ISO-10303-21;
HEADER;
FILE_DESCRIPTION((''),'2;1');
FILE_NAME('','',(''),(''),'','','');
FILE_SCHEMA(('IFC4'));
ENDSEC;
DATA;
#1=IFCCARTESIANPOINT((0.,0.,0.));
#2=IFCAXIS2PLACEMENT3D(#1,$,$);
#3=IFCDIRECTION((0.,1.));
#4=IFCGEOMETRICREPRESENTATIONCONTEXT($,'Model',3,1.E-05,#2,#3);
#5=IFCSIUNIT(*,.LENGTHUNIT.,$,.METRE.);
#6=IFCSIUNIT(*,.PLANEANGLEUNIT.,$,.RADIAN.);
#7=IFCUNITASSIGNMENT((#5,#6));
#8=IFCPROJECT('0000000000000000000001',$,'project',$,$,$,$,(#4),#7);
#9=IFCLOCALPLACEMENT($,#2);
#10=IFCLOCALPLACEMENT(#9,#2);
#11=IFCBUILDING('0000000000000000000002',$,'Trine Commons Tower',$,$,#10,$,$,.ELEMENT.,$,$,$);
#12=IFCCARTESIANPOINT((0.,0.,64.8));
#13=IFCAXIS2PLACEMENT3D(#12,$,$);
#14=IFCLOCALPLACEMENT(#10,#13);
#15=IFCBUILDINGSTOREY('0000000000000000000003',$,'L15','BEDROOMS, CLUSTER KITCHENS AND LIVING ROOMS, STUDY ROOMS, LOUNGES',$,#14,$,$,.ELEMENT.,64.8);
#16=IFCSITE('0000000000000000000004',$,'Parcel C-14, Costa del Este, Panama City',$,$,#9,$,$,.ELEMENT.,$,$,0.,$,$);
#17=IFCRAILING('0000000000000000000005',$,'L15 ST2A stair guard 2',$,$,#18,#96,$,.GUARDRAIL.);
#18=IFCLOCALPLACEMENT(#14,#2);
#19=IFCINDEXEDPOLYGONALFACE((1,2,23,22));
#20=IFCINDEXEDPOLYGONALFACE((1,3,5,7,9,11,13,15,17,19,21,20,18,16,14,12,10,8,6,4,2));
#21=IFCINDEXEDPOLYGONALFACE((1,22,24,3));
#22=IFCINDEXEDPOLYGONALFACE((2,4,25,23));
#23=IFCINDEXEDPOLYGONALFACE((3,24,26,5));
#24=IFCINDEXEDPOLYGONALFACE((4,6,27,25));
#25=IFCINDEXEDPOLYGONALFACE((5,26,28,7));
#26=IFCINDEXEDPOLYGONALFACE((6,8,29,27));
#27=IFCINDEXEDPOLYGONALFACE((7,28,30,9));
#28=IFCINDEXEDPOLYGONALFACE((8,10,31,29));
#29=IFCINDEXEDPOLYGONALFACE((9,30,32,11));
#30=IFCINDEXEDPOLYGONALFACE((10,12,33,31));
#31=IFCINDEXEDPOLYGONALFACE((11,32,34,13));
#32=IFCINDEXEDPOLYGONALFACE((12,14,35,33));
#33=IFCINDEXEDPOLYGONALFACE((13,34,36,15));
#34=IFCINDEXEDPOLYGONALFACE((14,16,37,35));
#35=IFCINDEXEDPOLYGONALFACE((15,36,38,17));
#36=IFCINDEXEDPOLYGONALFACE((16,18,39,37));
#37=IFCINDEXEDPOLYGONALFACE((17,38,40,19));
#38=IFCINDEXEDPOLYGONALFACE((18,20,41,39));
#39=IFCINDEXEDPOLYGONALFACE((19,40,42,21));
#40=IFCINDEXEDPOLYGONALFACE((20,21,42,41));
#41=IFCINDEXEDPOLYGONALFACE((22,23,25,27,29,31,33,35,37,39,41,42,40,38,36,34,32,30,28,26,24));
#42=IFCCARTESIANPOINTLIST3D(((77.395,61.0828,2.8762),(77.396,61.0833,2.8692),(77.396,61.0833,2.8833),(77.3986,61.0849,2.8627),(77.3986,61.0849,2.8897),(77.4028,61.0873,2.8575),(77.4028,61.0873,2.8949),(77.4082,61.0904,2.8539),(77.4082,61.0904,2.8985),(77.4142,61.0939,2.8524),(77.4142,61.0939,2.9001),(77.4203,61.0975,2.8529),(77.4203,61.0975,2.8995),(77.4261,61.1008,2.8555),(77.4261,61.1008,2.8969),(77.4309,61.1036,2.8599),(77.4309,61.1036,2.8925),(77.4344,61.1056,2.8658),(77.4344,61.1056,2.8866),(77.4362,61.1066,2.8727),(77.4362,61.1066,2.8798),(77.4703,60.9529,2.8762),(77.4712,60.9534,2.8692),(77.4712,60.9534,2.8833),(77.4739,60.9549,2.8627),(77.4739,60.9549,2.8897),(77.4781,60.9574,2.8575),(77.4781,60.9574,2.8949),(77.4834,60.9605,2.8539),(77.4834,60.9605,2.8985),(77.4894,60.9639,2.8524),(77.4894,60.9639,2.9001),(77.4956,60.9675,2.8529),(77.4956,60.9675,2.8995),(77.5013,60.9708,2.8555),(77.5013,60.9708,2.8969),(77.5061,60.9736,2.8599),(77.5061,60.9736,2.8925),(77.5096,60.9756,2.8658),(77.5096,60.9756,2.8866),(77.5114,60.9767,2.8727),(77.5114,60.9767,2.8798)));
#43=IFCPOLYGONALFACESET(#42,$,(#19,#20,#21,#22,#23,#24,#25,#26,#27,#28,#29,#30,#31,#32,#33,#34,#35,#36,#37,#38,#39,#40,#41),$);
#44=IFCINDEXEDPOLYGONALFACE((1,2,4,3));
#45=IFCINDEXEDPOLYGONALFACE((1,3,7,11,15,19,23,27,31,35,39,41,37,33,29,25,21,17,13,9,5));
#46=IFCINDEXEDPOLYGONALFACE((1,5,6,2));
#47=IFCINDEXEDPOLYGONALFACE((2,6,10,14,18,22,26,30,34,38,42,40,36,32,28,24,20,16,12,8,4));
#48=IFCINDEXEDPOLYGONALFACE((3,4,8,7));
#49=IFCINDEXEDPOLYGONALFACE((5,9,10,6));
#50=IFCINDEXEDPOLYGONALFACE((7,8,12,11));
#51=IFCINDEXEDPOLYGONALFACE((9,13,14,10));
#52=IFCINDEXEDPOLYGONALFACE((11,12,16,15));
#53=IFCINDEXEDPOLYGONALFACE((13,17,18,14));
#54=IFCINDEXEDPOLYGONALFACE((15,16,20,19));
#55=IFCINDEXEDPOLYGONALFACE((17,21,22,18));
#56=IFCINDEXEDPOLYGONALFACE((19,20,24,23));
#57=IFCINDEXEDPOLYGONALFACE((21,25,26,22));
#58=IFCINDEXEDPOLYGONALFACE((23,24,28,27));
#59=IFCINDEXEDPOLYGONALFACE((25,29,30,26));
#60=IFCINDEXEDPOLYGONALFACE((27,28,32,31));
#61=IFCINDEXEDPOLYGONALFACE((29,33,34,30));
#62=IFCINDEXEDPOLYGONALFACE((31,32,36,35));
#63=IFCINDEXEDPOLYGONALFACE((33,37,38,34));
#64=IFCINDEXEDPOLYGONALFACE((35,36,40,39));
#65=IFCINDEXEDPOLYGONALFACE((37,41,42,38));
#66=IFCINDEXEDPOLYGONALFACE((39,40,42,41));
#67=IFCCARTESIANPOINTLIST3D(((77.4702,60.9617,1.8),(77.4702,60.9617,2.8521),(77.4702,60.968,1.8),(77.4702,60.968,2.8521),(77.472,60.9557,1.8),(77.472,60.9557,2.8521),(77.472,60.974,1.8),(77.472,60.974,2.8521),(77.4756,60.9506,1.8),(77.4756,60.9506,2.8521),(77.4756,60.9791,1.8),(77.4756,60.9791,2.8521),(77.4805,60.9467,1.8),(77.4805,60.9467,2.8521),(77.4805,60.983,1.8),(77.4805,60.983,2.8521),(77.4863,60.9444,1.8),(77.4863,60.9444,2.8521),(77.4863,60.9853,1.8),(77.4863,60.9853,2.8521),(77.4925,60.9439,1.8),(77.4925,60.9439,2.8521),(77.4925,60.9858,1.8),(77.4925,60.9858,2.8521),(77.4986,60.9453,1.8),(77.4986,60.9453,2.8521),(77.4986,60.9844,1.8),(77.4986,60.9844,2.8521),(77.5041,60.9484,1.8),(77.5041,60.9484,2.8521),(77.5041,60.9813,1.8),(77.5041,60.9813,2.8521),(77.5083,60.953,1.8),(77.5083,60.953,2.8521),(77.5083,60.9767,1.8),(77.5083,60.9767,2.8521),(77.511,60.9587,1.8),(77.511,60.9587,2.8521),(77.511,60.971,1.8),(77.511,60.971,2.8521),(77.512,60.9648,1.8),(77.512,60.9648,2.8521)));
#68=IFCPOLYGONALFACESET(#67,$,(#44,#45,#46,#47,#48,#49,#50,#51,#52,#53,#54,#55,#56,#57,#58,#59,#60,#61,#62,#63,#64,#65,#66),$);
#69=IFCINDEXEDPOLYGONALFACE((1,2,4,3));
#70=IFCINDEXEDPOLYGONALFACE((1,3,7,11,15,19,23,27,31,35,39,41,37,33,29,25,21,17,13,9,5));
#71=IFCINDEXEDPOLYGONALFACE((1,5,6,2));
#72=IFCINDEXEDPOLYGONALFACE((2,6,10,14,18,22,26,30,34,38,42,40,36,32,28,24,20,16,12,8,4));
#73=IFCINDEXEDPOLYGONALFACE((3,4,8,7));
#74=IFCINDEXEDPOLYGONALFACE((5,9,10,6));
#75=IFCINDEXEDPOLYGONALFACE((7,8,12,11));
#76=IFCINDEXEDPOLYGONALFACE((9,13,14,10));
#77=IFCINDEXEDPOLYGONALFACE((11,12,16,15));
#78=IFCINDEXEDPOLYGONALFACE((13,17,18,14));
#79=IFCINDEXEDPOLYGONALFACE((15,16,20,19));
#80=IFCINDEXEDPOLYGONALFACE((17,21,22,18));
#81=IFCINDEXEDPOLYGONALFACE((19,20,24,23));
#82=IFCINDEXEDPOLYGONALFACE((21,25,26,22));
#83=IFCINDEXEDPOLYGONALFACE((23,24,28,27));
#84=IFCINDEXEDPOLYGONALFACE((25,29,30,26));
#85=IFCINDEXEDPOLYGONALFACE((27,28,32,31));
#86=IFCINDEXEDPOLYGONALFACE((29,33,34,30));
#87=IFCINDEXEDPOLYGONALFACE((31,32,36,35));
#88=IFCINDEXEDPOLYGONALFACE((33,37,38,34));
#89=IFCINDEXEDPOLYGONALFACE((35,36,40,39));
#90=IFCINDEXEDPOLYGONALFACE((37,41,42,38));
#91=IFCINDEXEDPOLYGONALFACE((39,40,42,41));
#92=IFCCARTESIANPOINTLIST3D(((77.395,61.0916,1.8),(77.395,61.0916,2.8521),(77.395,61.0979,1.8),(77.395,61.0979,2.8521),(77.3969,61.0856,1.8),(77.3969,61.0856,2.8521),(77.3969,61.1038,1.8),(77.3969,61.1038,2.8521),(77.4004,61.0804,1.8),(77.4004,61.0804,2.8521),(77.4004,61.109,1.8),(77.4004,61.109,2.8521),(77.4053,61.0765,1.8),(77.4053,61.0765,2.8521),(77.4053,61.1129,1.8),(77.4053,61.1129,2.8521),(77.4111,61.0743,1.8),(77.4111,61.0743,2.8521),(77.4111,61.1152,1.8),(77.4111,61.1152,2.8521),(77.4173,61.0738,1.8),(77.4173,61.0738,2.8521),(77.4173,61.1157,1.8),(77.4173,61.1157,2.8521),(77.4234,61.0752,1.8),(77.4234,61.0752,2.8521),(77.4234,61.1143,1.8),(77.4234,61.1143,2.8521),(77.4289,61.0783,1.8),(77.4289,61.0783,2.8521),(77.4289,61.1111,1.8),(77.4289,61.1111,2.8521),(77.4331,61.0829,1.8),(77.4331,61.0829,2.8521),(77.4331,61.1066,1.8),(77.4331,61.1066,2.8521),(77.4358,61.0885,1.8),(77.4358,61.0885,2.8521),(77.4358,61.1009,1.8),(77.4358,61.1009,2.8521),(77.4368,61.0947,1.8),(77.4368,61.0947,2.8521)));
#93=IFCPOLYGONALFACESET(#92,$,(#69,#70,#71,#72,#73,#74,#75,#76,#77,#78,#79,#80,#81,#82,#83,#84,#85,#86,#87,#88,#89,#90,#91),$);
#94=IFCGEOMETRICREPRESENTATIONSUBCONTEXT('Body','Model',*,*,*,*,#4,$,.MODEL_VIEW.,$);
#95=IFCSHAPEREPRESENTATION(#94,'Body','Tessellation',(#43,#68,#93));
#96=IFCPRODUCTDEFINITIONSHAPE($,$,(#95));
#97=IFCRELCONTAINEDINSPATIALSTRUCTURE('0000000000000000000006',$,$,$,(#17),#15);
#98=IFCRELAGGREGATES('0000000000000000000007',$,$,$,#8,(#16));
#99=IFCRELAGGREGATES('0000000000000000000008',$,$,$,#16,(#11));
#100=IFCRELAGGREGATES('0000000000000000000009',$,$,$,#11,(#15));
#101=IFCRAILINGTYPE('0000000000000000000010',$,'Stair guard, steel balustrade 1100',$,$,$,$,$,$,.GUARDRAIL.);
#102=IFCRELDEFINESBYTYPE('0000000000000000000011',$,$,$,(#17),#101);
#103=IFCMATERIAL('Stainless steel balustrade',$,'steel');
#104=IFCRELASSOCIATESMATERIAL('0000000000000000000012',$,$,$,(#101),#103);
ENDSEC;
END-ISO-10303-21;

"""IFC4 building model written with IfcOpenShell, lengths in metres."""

from ifc_helpers import new_model, si_unit, direction, frame, origin, origin_2d, place, context, subcontext, project, spatial, circle, extrude, material, type_object, element, save


model = new_model("IFC4")

# Units and contexts
model_context = context("Model", 3, precision=1e-05, world=origin(), true_north=direction((0.0, 1.0)))
body_context = subcontext(model_context, "Body", "Model", "MODEL_VIEW")
ifc_project = project(units=[si_unit("LENGTHUNIT", "METRE"), si_unit("PLANEANGLEUNIT", "RADIAN")], contexts=[model_context])

# Site, building, storey
site_placement = place(None, origin())
site = spatial("IfcSite", under=ifc_project, at=site_placement, Name="Parcel C-14, Costa del Este, Panama City", CompositionType="ELEMENT", RefElevation=0.0)
building_placement = place(site_placement, origin())
building = spatial("IfcBuilding", under=site, at=building_placement, Name="Trine Commons Tower", CompositionType="ELEMENT")
storey_placement = place(building_placement, frame((0.0, 0.0, 64.8)))
storey = spatial("IfcBuildingStorey", under=building, at=storey_placement, Name="L15", Description="BEDROOMS, CLUSTER KITCHENS AND LIVING ROOMS, STUDY ROOMS, LOUNGES", CompositionType="ELEMENT", Elevation=64.8)

# Railing
ifc_material_1 = material(Name="Stainless steel balustrade", Category="steel")
railing_type_1 = type_object("IfcRailingType", Name="Stair guard, steel balustrade 1100", PredefinedType="GUARDRAIL", material=ifc_material_1)
railing_1_placement = place(storey_placement, frame((77.491, 60.9648, 1.8)))
element("IfcRailing", 1, at=railing_1_placement, inside=storey, type_object=railing_type_1, Name="L15 ST2A stair guard 2", PredefinedType="GUARDRAIL", context=body_context, shape_type="SweptSolid", body=[
    extrude(circle(Radius=0.0239, at=origin_2d()), frame((0.0, 0.0, 1.0762), z_axis=(-0.501036, 0.865426, 0.0), x_axis=(-0.865426, -0.501036, 0.0)), (0.0, 0.0, 1.0), 0.1501),
    extrude(circle(Radius=0.021, at=origin_2d()), origin(), (0.0, 0.0, 1.0), 1.052),
    extrude(circle(Radius=0.021, at=origin_2d()), frame((-0.0752, 0.1299, 0.0)), (0.0, 0.0, 1.0), 1.052),
])

save(model, "model.ifc")
